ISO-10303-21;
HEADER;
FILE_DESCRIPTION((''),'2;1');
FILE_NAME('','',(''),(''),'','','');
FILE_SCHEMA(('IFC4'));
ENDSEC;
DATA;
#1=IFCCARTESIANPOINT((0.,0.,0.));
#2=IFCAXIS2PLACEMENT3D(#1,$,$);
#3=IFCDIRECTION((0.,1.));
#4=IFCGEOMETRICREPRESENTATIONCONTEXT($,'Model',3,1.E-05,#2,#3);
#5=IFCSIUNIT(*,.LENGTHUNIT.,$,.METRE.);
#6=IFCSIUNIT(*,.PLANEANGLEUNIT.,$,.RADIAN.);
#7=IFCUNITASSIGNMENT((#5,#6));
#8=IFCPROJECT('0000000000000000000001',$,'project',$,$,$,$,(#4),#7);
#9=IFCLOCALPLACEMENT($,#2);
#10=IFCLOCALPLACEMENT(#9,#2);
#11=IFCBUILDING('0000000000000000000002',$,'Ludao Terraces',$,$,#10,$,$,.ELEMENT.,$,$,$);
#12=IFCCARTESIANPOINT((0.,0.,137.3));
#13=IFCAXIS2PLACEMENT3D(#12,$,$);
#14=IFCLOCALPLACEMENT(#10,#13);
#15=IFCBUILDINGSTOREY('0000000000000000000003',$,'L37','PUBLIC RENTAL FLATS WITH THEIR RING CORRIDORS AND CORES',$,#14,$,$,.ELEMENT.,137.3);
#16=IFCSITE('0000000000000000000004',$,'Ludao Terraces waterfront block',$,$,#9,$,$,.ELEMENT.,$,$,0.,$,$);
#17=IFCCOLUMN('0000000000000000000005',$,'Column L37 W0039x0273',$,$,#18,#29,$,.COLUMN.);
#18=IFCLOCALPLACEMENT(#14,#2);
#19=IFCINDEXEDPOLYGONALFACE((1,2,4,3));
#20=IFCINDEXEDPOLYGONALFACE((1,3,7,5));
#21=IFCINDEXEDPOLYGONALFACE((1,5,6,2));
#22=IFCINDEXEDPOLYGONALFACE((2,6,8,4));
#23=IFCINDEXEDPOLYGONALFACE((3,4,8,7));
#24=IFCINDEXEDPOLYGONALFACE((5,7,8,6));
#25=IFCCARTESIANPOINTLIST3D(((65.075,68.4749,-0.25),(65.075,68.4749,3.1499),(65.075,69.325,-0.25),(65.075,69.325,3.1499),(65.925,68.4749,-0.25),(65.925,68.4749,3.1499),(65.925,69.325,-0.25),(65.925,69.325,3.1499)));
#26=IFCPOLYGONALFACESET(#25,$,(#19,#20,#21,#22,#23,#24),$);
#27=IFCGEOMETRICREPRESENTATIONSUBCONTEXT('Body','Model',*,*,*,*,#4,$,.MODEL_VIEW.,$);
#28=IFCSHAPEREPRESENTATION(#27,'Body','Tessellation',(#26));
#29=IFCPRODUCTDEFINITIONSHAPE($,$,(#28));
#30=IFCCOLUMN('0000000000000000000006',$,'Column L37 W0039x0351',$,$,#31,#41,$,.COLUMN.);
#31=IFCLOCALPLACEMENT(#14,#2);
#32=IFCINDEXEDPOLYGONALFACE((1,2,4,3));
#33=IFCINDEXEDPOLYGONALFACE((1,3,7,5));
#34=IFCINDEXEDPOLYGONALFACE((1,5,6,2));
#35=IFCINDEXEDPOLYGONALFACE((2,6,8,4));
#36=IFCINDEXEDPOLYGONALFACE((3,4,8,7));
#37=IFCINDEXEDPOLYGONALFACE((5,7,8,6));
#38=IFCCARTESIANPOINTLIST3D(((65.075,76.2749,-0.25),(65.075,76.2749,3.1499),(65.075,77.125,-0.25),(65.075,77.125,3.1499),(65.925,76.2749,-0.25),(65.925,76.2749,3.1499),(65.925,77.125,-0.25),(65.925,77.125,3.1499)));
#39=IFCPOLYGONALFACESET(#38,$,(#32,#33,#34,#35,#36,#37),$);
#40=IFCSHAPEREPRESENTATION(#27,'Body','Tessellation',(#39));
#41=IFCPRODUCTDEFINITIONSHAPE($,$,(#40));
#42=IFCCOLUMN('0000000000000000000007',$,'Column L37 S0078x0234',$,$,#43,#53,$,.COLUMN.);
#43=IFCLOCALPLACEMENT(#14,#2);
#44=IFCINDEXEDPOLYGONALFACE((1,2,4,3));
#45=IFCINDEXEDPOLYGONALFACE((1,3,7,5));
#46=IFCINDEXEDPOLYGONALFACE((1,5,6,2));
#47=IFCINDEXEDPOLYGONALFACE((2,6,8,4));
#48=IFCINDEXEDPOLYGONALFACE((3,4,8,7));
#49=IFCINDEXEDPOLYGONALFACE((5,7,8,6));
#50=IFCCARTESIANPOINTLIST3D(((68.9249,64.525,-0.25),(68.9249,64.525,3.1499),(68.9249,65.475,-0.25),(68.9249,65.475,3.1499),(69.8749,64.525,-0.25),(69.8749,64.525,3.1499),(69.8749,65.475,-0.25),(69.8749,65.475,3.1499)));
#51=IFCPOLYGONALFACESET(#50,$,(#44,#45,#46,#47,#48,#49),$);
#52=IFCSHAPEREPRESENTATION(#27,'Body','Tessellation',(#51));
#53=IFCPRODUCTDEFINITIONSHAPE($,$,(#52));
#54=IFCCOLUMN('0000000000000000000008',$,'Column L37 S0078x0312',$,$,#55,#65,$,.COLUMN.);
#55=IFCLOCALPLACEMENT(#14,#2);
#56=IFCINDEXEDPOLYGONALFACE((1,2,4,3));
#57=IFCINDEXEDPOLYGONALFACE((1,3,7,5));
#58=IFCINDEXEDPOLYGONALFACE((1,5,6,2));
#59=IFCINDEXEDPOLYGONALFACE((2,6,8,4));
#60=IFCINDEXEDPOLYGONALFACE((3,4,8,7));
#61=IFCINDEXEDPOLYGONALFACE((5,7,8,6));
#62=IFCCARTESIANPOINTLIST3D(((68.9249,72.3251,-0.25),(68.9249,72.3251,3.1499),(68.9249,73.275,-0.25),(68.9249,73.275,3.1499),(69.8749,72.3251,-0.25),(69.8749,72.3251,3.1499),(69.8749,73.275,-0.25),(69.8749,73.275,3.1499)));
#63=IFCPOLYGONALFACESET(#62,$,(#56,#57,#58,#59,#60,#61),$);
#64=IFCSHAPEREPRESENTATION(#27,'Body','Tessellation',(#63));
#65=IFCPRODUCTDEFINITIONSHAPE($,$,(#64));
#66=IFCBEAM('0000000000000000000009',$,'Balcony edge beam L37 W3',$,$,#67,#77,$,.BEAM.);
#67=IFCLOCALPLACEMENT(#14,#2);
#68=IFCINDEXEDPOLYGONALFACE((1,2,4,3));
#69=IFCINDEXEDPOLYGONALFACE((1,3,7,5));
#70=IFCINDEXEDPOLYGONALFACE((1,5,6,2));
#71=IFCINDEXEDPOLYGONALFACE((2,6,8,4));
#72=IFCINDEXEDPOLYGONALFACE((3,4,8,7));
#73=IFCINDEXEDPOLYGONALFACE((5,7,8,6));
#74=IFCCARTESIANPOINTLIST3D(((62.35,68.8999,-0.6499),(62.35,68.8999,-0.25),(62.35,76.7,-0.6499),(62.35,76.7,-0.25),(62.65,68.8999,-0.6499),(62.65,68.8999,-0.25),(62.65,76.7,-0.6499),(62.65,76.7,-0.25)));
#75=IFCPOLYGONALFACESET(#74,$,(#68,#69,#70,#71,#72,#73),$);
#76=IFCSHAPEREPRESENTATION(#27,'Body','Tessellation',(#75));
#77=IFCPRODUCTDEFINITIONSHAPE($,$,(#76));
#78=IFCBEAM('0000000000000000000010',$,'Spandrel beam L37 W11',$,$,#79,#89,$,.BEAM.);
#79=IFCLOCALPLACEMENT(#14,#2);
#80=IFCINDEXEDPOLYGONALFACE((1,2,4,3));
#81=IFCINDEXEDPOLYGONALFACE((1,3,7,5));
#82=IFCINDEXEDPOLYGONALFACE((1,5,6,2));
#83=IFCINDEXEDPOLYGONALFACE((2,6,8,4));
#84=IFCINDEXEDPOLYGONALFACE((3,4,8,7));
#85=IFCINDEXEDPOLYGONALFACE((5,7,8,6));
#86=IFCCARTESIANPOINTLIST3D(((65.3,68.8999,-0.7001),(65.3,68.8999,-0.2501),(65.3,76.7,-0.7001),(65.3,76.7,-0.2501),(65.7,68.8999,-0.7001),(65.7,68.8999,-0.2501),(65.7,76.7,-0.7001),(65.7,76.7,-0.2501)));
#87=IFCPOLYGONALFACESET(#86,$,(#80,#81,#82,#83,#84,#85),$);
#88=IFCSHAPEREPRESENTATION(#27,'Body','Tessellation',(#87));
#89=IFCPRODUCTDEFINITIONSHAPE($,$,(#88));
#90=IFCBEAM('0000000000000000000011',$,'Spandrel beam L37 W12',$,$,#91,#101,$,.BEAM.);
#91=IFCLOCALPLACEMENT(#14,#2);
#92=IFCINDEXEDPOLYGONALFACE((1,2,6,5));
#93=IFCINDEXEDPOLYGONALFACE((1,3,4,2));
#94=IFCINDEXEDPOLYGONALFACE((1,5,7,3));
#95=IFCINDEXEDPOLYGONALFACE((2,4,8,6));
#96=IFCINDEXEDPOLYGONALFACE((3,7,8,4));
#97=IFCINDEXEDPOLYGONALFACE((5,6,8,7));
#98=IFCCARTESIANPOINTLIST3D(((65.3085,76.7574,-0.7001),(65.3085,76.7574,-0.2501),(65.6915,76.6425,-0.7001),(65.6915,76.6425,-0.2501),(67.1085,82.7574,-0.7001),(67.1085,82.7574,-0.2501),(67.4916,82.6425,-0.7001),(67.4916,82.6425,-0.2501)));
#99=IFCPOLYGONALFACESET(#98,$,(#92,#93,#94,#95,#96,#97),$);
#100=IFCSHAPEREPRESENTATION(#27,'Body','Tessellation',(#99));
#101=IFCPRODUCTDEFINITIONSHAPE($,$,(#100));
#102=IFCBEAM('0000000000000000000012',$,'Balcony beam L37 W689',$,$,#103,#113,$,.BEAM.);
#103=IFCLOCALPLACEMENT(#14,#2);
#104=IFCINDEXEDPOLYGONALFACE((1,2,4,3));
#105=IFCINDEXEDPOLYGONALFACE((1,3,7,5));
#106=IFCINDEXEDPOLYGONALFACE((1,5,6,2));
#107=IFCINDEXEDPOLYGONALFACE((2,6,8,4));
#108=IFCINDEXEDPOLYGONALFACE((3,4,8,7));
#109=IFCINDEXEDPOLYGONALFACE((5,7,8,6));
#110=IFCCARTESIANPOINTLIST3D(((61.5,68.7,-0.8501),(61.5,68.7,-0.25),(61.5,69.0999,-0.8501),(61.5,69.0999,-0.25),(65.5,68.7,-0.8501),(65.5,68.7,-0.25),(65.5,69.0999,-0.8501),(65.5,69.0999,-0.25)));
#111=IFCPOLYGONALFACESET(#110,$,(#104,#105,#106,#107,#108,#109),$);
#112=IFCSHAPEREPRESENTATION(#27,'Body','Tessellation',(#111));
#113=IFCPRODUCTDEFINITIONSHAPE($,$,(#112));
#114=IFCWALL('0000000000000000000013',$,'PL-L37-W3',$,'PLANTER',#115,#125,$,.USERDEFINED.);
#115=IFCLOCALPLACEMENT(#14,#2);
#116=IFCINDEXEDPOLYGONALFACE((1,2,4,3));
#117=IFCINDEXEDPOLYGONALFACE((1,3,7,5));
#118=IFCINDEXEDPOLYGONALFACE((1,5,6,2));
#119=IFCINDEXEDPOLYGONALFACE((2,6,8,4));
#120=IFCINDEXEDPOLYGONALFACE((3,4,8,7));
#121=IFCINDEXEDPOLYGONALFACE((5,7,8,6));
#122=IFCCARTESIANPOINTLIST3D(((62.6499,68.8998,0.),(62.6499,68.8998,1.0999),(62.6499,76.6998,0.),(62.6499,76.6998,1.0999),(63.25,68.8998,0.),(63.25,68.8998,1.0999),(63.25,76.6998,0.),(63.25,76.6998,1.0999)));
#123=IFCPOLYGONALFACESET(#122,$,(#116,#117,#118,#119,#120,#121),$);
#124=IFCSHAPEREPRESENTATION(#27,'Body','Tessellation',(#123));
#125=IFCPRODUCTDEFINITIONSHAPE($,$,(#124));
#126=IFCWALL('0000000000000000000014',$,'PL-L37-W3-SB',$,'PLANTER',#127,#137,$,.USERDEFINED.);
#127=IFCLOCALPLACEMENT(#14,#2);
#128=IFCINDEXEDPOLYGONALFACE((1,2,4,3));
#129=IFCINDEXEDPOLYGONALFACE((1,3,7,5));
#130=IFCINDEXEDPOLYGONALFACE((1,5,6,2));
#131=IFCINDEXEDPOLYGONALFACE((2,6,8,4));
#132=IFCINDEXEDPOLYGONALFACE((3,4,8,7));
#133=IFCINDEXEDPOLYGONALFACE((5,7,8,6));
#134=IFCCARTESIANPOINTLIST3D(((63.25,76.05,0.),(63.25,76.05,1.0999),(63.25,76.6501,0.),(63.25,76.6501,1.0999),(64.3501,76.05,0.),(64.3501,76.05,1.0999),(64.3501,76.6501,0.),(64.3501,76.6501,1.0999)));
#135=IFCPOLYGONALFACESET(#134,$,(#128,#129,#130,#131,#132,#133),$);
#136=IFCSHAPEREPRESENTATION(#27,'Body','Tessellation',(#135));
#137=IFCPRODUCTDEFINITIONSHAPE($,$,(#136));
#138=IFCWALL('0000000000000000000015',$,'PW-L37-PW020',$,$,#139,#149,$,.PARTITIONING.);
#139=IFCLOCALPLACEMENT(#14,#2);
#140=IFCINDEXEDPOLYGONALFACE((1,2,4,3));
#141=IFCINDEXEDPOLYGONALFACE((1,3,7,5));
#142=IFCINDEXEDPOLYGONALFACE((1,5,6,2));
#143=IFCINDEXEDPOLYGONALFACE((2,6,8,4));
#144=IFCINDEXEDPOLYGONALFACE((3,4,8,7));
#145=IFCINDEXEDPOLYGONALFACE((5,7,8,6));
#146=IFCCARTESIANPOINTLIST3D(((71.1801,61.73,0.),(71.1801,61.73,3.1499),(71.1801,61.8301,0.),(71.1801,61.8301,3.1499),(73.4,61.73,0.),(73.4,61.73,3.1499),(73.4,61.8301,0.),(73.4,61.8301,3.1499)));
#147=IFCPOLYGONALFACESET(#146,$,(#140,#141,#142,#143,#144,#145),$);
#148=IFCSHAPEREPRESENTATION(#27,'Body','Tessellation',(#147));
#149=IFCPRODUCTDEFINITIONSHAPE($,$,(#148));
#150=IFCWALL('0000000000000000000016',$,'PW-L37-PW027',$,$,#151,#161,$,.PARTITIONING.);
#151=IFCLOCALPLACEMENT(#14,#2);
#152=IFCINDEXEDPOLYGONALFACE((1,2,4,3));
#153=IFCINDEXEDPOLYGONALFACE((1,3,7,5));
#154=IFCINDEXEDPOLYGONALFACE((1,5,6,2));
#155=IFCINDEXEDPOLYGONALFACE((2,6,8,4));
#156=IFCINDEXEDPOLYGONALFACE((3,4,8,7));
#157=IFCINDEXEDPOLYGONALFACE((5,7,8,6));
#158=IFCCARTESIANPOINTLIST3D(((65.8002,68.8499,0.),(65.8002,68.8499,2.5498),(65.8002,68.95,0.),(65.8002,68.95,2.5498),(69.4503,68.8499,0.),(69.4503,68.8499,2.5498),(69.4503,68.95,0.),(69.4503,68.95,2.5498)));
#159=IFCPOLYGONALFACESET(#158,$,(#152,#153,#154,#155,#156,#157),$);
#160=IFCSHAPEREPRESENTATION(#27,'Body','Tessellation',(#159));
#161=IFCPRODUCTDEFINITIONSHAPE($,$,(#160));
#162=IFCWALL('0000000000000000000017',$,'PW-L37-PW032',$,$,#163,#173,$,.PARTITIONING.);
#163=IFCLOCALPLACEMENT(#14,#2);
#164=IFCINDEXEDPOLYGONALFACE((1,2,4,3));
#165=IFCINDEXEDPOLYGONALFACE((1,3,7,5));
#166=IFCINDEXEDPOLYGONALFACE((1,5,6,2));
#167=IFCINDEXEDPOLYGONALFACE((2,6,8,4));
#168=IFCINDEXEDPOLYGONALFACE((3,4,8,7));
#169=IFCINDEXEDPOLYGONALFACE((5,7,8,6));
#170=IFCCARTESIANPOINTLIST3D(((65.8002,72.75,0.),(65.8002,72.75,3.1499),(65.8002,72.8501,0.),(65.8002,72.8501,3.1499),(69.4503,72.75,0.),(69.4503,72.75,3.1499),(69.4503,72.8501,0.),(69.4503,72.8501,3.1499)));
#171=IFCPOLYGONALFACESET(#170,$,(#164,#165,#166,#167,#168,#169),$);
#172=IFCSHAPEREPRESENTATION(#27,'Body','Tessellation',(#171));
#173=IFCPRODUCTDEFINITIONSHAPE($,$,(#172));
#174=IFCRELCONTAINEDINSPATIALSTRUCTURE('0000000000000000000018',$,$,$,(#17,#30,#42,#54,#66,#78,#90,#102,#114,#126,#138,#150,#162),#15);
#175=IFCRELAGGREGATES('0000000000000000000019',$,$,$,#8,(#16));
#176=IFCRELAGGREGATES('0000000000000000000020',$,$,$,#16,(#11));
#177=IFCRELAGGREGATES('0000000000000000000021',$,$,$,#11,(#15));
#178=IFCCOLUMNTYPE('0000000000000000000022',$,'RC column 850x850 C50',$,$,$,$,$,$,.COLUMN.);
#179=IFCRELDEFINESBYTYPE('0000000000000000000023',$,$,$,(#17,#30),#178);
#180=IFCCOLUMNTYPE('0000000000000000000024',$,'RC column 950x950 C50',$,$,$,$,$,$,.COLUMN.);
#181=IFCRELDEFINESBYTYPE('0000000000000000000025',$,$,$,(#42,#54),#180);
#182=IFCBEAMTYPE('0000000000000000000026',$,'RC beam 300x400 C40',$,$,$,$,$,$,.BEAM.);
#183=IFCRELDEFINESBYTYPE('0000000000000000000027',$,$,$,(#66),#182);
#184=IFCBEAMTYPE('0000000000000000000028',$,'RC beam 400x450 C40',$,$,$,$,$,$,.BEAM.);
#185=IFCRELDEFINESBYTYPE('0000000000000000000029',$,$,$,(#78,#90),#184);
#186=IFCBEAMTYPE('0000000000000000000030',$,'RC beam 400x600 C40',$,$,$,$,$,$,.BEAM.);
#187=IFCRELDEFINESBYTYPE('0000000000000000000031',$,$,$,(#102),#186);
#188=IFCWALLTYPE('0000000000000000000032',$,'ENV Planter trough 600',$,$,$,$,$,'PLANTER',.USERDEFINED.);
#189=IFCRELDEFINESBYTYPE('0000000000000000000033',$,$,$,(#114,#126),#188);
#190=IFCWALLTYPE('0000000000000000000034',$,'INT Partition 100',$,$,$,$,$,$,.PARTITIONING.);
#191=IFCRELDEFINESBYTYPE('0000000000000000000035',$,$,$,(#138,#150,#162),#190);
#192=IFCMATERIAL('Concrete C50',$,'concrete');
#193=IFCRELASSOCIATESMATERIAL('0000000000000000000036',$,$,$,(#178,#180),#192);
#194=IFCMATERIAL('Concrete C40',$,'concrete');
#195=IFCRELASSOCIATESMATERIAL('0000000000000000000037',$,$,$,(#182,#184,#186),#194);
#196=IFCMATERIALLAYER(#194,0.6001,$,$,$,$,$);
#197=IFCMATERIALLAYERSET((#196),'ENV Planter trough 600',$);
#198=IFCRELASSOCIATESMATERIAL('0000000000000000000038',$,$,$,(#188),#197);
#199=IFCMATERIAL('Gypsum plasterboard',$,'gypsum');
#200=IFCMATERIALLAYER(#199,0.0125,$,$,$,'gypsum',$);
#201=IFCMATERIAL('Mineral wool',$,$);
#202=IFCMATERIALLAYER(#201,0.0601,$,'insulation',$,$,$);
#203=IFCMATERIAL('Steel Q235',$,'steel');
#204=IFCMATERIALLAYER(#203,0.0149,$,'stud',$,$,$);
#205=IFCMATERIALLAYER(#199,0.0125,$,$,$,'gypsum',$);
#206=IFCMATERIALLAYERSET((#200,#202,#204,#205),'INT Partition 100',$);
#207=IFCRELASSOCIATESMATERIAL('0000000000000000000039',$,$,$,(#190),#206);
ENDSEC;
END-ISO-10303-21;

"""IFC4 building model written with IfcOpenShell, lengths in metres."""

from ifc_helpers import new_model, si_unit, direction, frame, frame_2d, origin, origin_2d, place, context, subcontext, project, spatial, rectangle, extrude, material, layer, layer_set, material_profile, profile_set, type_object, element, save


model = new_model("IFC4")

# Units and contexts
model_context = context("Model", 3, precision=1e-05, world=origin(), true_north=direction((0.0, 1.0)))
body_context = subcontext(model_context, "Body", "Model", "MODEL_VIEW")
ifc_project = project(units=[si_unit("LENGTHUNIT", "METRE"), si_unit("PLANEANGLEUNIT", "RADIAN")], contexts=[model_context])

# Site, building, storey
site_placement = place(None, origin())
site = spatial("IfcSite", under=ifc_project, at=site_placement, Name="Ludao Terraces waterfront block", CompositionType="ELEMENT", RefElevation=0.0)
building_placement = place(site_placement, origin())
building = spatial("IfcBuilding", under=site, at=building_placement, Name="Ludao Terraces", CompositionType="ELEMENT")
storey_placement = place(building_placement, frame((0.0, 0.0, 137.3)))
storey = spatial("IfcBuildingStorey", under=building, at=storey_placement, Name="L37", Description="PUBLIC RENTAL FLATS WITH THEIR RING CORRIDORS AND CORES", CompositionType="ELEMENT", Elevation=137.3)

# Columns
ifc_material_1 = material(Name="Concrete C50", Category="concrete")
ifc_material_profile_1 = material_profile(ifc_material_1, rectangle(XDim=0.8501, YDim=0.8501, at=origin_2d()), Name="850 X 850")
ifc_profile_set_1 = profile_set([ifc_material_profile_1], Name="Concrete C50")
column_type_1 = type_object("IfcColumnType", Name="RC column 850x850 C50", PredefinedType="COLUMN", material=ifc_profile_set_1)
for number, where, z_axis, x_axis, name in (
    (1, (65.5, 68.8999, -0.25), (0.0, 0.0, 1.0), (1.0, 0.0, 0.0), "Column L37 W0039x0273"),
    (2, (65.5, 76.7, -0.25), (0.0, 0.0, 1.0), (1.0, 0.0, 0.0), "Column L37 W0039x0351"),
):
    element("IfcColumn", number, at=place(storey_placement, frame(where, z_axis=z_axis, x_axis=x_axis)), inside=storey, type_object=column_type_1, Name=name, PredefinedType="COLUMN", context=body_context, shape_type="SweptSolid", body=[
        extrude(rectangle(XDim=0.8501, YDim=0.8501, at=origin_2d()), origin(), (0.0, 0.0, 1.0), 3.3999),
    ])
ifc_material_profile_2 = material_profile(ifc_material_1, rectangle(XDim=0.95, YDim=0.95, at=origin_2d()), Name="950 X 950")
ifc_profile_set_2 = profile_set([ifc_material_profile_2], Name="Concrete C50")
column_type_2 = type_object("IfcColumnType", Name="RC column 950x950 C50", PredefinedType="COLUMN", material=ifc_profile_set_2)
for number, where, z_axis, x_axis, name in (
    (3, (69.3999, 65.0, -0.25), (0.0, 0.0, 1.0), (1.0, 0.0, 0.0), "Column L37 S0078x0234"),
    (4, (69.3999, 72.8, -0.25), (0.0, 0.0, 1.0), (1.0, 0.0, 0.0), "Column L37 S0078x0312"),
):
    element("IfcColumn", number, at=place(storey_placement, frame(where, z_axis=z_axis, x_axis=x_axis)), inside=storey, type_object=column_type_2, Name=name, PredefinedType="COLUMN", context=body_context, shape_type="SweptSolid", body=[
        extrude(rectangle(XDim=0.95, YDim=0.95, at=origin_2d()), origin(), (0.0, 0.0, 1.0), 3.3999),
    ])

# Beams
ifc_material_2 = material(Name="Concrete C40", Category="concrete")
ifc_material_profile_3 = material_profile(ifc_material_2, rectangle(XDim=0.3, YDim=0.3999, at=origin_2d()), Name="300 X 400")
ifc_profile_set_3 = profile_set([ifc_material_profile_3], Name="Concrete C40")
beam_type_1 = type_object("IfcBeamType", Name="RC beam 300x400 C40", PredefinedType="BEAM", material=ifc_profile_set_3)
beam_1_placement = place(storey_placement, frame((62.5, 68.8999, -0.45), z_axis=(0.0, 1.0, 0.0), x_axis=(-1.0, 0.0, 0.0)))
element("IfcBeam", 5, at=beam_1_placement, inside=storey, type_object=beam_type_1, Name="Balcony edge beam L37 W3", PredefinedType="BEAM", context=body_context, shape_type="SweptSolid", body=[
    extrude(rectangle(XDim=0.3, YDim=0.3999, at=origin_2d()), origin(), (0.0, 0.0, 1.0), 7.8),
])
ifc_material_profile_4 = material_profile(ifc_material_2, rectangle(XDim=0.3999, YDim=0.45, at=origin_2d()), Name="400 X 450")
ifc_profile_set_4 = profile_set([ifc_material_profile_4], Name="Concrete C40")
beam_type_2 = type_object("IfcBeamType", Name="RC beam 400x450 C40", PredefinedType="BEAM", material=ifc_profile_set_4)
beam_2_placement = place(storey_placement, frame((65.5, 68.8999, -0.4751), z_axis=(0.0, 1.0, 0.0), x_axis=(-1.0, 0.0, 0.0)))
element("IfcBeam", 6, at=beam_2_placement, inside=storey, type_object=beam_type_2, Name="Spandrel beam L37 W11", PredefinedType="BEAM", context=body_context, shape_type="SweptSolid", body=[
    extrude(rectangle(XDim=0.3999, YDim=0.45, at=origin_2d()), origin(), (0.0, 0.0, 1.0), 7.8),
])
beam_3_placement = place(storey_placement, frame((65.5, 76.7, -0.4751), z_axis=(0.287355, 0.957824, 0.0), x_axis=(-0.957824, 0.287355, 0.0)))
element("IfcBeam", 7, at=beam_3_placement, inside=storey, type_object=beam_type_2, Name="Spandrel beam L37 W12", PredefinedType="BEAM", context=body_context, shape_type="SweptSolid", body=[
    extrude(rectangle(XDim=0.3999, YDim=0.45, at=origin_2d()), origin(), (0.0, 0.0, 1.0), 6.2642),
])
ifc_material_profile_5 = material_profile(ifc_material_2, rectangle(XDim=0.3999, YDim=0.6001, at=origin_2d()), Name="400 X 600")
ifc_profile_set_5 = profile_set([ifc_material_profile_5], Name="Concrete C40")
beam_type_3 = type_object("IfcBeamType", Name="RC beam 400x600 C40", PredefinedType="BEAM", material=ifc_profile_set_5)
beam_4_placement = place(storey_placement, frame((65.5, 68.8999, -0.55), z_axis=(-1.0, 0.0, 0.0), x_axis=(0.0, -1.0, 0.0)))
element("IfcBeam", 8, at=beam_4_placement, inside=storey, type_object=beam_type_3, Name="Balcony beam L37 W689", PredefinedType="BEAM", context=body_context, shape_type="SweptSolid", body=[
    extrude(rectangle(XDim=0.3999, YDim=0.6001, at=origin_2d()), origin(), (0.0, 0.0, 1.0), 4.0),
])

# Walls
ifc_layer_1 = layer(ifc_material_2, 0.6001)
ifc_layer_set_1 = layer_set([ifc_layer_1], Name="ENV Planter trough 600")
wall_type_1 = type_object("IfcWallType", Name="ENV Planter trough 600", ElementType="PLANTER", PredefinedType="USERDEFINED", material=ifc_layer_set_1)
wall_1_placement = place(storey_placement, frame((62.95, 68.8999, 0.0), z_axis=(0.0, 0.0, 1.0), x_axis=(0.0, 1.0, 0.0)))
element("IfcWall", 9, at=wall_1_placement, inside=storey, type_object=wall_type_1, Name="PL-L37-W3", ObjectType="PLANTER", PredefinedType="USERDEFINED", context=body_context, shape_type="SweptSolid", body=[
    extrude(rectangle(XDim=7.8, YDim=0.6001, at=frame_2d((3.8999, 0.0))), origin(), (0.0, 0.0, 1.0), 1.0999),
])
wall_2_placement = place(storey_placement, frame((63.25, 76.3501, 0.0), z_axis=(0.0, 0.0, 1.0), x_axis=(1.0, 0.0, 0.0)))
element("IfcWall", 10, at=wall_2_placement, inside=storey, type_object=wall_type_1, Name="PL-L37-W3-SB", ObjectType="PLANTER", PredefinedType="USERDEFINED", context=body_context, shape_type="SweptSolid", body=[
    extrude(rectangle(XDim=1.1001, YDim=0.6001, at=frame_2d((0.55, 0.0))), origin(), (0.0, 0.0, 1.0), 1.0999),
])

# Shared definitions
ifc_material_3 = material(Name="Mineral wool")

# Walls
ifc_material_4 = material(Name="Gypsum plasterboard", Category="gypsum")
ifc_layer_2 = layer(ifc_material_4, 0.0125, Category="gypsum")
ifc_layer_3 = layer(ifc_material_3, 0.0601, Name="insulation")
ifc_material_5 = material(Name="Steel Q235", Category="steel")
ifc_layer_4 = layer(ifc_material_5, 0.0149, Name="stud")
ifc_layer_5 = layer(ifc_material_4, 0.0125, Category="gypsum")
ifc_layer_set_2 = layer_set([ifc_layer_2, ifc_layer_3, ifc_layer_4, ifc_layer_5], Name="INT Partition 100")
wall_type_2 = type_object("IfcWallType", Name="INT Partition 100", PredefinedType="PARTITIONING", material=ifc_layer_set_2)
wall_3_placement = place(storey_placement, frame((71.1802, 61.78, 0.0), z_axis=(0.0, 0.0, 1.0), x_axis=(1.0, 0.0, 0.0)))
element("IfcWall", 11, at=wall_3_placement, inside=storey, type_object=wall_type_2, Name="PW-L37-PW020", PredefinedType="PARTITIONING", context=body_context, shape_type="SweptSolid", body=[
    extrude(rectangle(XDim=2.22, YDim=0.1001, at=frame_2d((1.1099, 0.0))), origin(), (0.0, 0.0, 1.0), 3.1499),
])
wall_4_placement = place(storey_placement, frame((65.8, 68.8999, 0.0), z_axis=(0.0, 0.0, 1.0), x_axis=(1.0, 0.0, 0.0)))
element("IfcWall", 12, at=wall_4_placement, inside=storey, type_object=wall_type_2, Name="PW-L37-PW027", PredefinedType="PARTITIONING", context=body_context, shape_type="SweptSolid", body=[
    extrude(rectangle(XDim=3.6501, YDim=0.1001, at=frame_2d((1.8252, 0.0))), origin(), (0.0, 0.0, 1.0), 2.5498),
])
wall_5_placement = place(storey_placement, frame((65.8, 72.8, 0.0), z_axis=(0.0, 0.0, 1.0), x_axis=(1.0, 0.0, 0.0)))
element("IfcWall", 13, at=wall_5_placement, inside=storey, type_object=wall_type_2, Name="PW-L37-PW032", PredefinedType="PARTITIONING", context=body_context, shape_type="SweptSolid", body=[
    extrude(rectangle(XDim=3.6501, YDim=0.1001, at=frame_2d((1.8252, 0.0))), origin(), (0.0, 0.0, 1.0), 3.1499),
])

save(model, "model.ifc")
